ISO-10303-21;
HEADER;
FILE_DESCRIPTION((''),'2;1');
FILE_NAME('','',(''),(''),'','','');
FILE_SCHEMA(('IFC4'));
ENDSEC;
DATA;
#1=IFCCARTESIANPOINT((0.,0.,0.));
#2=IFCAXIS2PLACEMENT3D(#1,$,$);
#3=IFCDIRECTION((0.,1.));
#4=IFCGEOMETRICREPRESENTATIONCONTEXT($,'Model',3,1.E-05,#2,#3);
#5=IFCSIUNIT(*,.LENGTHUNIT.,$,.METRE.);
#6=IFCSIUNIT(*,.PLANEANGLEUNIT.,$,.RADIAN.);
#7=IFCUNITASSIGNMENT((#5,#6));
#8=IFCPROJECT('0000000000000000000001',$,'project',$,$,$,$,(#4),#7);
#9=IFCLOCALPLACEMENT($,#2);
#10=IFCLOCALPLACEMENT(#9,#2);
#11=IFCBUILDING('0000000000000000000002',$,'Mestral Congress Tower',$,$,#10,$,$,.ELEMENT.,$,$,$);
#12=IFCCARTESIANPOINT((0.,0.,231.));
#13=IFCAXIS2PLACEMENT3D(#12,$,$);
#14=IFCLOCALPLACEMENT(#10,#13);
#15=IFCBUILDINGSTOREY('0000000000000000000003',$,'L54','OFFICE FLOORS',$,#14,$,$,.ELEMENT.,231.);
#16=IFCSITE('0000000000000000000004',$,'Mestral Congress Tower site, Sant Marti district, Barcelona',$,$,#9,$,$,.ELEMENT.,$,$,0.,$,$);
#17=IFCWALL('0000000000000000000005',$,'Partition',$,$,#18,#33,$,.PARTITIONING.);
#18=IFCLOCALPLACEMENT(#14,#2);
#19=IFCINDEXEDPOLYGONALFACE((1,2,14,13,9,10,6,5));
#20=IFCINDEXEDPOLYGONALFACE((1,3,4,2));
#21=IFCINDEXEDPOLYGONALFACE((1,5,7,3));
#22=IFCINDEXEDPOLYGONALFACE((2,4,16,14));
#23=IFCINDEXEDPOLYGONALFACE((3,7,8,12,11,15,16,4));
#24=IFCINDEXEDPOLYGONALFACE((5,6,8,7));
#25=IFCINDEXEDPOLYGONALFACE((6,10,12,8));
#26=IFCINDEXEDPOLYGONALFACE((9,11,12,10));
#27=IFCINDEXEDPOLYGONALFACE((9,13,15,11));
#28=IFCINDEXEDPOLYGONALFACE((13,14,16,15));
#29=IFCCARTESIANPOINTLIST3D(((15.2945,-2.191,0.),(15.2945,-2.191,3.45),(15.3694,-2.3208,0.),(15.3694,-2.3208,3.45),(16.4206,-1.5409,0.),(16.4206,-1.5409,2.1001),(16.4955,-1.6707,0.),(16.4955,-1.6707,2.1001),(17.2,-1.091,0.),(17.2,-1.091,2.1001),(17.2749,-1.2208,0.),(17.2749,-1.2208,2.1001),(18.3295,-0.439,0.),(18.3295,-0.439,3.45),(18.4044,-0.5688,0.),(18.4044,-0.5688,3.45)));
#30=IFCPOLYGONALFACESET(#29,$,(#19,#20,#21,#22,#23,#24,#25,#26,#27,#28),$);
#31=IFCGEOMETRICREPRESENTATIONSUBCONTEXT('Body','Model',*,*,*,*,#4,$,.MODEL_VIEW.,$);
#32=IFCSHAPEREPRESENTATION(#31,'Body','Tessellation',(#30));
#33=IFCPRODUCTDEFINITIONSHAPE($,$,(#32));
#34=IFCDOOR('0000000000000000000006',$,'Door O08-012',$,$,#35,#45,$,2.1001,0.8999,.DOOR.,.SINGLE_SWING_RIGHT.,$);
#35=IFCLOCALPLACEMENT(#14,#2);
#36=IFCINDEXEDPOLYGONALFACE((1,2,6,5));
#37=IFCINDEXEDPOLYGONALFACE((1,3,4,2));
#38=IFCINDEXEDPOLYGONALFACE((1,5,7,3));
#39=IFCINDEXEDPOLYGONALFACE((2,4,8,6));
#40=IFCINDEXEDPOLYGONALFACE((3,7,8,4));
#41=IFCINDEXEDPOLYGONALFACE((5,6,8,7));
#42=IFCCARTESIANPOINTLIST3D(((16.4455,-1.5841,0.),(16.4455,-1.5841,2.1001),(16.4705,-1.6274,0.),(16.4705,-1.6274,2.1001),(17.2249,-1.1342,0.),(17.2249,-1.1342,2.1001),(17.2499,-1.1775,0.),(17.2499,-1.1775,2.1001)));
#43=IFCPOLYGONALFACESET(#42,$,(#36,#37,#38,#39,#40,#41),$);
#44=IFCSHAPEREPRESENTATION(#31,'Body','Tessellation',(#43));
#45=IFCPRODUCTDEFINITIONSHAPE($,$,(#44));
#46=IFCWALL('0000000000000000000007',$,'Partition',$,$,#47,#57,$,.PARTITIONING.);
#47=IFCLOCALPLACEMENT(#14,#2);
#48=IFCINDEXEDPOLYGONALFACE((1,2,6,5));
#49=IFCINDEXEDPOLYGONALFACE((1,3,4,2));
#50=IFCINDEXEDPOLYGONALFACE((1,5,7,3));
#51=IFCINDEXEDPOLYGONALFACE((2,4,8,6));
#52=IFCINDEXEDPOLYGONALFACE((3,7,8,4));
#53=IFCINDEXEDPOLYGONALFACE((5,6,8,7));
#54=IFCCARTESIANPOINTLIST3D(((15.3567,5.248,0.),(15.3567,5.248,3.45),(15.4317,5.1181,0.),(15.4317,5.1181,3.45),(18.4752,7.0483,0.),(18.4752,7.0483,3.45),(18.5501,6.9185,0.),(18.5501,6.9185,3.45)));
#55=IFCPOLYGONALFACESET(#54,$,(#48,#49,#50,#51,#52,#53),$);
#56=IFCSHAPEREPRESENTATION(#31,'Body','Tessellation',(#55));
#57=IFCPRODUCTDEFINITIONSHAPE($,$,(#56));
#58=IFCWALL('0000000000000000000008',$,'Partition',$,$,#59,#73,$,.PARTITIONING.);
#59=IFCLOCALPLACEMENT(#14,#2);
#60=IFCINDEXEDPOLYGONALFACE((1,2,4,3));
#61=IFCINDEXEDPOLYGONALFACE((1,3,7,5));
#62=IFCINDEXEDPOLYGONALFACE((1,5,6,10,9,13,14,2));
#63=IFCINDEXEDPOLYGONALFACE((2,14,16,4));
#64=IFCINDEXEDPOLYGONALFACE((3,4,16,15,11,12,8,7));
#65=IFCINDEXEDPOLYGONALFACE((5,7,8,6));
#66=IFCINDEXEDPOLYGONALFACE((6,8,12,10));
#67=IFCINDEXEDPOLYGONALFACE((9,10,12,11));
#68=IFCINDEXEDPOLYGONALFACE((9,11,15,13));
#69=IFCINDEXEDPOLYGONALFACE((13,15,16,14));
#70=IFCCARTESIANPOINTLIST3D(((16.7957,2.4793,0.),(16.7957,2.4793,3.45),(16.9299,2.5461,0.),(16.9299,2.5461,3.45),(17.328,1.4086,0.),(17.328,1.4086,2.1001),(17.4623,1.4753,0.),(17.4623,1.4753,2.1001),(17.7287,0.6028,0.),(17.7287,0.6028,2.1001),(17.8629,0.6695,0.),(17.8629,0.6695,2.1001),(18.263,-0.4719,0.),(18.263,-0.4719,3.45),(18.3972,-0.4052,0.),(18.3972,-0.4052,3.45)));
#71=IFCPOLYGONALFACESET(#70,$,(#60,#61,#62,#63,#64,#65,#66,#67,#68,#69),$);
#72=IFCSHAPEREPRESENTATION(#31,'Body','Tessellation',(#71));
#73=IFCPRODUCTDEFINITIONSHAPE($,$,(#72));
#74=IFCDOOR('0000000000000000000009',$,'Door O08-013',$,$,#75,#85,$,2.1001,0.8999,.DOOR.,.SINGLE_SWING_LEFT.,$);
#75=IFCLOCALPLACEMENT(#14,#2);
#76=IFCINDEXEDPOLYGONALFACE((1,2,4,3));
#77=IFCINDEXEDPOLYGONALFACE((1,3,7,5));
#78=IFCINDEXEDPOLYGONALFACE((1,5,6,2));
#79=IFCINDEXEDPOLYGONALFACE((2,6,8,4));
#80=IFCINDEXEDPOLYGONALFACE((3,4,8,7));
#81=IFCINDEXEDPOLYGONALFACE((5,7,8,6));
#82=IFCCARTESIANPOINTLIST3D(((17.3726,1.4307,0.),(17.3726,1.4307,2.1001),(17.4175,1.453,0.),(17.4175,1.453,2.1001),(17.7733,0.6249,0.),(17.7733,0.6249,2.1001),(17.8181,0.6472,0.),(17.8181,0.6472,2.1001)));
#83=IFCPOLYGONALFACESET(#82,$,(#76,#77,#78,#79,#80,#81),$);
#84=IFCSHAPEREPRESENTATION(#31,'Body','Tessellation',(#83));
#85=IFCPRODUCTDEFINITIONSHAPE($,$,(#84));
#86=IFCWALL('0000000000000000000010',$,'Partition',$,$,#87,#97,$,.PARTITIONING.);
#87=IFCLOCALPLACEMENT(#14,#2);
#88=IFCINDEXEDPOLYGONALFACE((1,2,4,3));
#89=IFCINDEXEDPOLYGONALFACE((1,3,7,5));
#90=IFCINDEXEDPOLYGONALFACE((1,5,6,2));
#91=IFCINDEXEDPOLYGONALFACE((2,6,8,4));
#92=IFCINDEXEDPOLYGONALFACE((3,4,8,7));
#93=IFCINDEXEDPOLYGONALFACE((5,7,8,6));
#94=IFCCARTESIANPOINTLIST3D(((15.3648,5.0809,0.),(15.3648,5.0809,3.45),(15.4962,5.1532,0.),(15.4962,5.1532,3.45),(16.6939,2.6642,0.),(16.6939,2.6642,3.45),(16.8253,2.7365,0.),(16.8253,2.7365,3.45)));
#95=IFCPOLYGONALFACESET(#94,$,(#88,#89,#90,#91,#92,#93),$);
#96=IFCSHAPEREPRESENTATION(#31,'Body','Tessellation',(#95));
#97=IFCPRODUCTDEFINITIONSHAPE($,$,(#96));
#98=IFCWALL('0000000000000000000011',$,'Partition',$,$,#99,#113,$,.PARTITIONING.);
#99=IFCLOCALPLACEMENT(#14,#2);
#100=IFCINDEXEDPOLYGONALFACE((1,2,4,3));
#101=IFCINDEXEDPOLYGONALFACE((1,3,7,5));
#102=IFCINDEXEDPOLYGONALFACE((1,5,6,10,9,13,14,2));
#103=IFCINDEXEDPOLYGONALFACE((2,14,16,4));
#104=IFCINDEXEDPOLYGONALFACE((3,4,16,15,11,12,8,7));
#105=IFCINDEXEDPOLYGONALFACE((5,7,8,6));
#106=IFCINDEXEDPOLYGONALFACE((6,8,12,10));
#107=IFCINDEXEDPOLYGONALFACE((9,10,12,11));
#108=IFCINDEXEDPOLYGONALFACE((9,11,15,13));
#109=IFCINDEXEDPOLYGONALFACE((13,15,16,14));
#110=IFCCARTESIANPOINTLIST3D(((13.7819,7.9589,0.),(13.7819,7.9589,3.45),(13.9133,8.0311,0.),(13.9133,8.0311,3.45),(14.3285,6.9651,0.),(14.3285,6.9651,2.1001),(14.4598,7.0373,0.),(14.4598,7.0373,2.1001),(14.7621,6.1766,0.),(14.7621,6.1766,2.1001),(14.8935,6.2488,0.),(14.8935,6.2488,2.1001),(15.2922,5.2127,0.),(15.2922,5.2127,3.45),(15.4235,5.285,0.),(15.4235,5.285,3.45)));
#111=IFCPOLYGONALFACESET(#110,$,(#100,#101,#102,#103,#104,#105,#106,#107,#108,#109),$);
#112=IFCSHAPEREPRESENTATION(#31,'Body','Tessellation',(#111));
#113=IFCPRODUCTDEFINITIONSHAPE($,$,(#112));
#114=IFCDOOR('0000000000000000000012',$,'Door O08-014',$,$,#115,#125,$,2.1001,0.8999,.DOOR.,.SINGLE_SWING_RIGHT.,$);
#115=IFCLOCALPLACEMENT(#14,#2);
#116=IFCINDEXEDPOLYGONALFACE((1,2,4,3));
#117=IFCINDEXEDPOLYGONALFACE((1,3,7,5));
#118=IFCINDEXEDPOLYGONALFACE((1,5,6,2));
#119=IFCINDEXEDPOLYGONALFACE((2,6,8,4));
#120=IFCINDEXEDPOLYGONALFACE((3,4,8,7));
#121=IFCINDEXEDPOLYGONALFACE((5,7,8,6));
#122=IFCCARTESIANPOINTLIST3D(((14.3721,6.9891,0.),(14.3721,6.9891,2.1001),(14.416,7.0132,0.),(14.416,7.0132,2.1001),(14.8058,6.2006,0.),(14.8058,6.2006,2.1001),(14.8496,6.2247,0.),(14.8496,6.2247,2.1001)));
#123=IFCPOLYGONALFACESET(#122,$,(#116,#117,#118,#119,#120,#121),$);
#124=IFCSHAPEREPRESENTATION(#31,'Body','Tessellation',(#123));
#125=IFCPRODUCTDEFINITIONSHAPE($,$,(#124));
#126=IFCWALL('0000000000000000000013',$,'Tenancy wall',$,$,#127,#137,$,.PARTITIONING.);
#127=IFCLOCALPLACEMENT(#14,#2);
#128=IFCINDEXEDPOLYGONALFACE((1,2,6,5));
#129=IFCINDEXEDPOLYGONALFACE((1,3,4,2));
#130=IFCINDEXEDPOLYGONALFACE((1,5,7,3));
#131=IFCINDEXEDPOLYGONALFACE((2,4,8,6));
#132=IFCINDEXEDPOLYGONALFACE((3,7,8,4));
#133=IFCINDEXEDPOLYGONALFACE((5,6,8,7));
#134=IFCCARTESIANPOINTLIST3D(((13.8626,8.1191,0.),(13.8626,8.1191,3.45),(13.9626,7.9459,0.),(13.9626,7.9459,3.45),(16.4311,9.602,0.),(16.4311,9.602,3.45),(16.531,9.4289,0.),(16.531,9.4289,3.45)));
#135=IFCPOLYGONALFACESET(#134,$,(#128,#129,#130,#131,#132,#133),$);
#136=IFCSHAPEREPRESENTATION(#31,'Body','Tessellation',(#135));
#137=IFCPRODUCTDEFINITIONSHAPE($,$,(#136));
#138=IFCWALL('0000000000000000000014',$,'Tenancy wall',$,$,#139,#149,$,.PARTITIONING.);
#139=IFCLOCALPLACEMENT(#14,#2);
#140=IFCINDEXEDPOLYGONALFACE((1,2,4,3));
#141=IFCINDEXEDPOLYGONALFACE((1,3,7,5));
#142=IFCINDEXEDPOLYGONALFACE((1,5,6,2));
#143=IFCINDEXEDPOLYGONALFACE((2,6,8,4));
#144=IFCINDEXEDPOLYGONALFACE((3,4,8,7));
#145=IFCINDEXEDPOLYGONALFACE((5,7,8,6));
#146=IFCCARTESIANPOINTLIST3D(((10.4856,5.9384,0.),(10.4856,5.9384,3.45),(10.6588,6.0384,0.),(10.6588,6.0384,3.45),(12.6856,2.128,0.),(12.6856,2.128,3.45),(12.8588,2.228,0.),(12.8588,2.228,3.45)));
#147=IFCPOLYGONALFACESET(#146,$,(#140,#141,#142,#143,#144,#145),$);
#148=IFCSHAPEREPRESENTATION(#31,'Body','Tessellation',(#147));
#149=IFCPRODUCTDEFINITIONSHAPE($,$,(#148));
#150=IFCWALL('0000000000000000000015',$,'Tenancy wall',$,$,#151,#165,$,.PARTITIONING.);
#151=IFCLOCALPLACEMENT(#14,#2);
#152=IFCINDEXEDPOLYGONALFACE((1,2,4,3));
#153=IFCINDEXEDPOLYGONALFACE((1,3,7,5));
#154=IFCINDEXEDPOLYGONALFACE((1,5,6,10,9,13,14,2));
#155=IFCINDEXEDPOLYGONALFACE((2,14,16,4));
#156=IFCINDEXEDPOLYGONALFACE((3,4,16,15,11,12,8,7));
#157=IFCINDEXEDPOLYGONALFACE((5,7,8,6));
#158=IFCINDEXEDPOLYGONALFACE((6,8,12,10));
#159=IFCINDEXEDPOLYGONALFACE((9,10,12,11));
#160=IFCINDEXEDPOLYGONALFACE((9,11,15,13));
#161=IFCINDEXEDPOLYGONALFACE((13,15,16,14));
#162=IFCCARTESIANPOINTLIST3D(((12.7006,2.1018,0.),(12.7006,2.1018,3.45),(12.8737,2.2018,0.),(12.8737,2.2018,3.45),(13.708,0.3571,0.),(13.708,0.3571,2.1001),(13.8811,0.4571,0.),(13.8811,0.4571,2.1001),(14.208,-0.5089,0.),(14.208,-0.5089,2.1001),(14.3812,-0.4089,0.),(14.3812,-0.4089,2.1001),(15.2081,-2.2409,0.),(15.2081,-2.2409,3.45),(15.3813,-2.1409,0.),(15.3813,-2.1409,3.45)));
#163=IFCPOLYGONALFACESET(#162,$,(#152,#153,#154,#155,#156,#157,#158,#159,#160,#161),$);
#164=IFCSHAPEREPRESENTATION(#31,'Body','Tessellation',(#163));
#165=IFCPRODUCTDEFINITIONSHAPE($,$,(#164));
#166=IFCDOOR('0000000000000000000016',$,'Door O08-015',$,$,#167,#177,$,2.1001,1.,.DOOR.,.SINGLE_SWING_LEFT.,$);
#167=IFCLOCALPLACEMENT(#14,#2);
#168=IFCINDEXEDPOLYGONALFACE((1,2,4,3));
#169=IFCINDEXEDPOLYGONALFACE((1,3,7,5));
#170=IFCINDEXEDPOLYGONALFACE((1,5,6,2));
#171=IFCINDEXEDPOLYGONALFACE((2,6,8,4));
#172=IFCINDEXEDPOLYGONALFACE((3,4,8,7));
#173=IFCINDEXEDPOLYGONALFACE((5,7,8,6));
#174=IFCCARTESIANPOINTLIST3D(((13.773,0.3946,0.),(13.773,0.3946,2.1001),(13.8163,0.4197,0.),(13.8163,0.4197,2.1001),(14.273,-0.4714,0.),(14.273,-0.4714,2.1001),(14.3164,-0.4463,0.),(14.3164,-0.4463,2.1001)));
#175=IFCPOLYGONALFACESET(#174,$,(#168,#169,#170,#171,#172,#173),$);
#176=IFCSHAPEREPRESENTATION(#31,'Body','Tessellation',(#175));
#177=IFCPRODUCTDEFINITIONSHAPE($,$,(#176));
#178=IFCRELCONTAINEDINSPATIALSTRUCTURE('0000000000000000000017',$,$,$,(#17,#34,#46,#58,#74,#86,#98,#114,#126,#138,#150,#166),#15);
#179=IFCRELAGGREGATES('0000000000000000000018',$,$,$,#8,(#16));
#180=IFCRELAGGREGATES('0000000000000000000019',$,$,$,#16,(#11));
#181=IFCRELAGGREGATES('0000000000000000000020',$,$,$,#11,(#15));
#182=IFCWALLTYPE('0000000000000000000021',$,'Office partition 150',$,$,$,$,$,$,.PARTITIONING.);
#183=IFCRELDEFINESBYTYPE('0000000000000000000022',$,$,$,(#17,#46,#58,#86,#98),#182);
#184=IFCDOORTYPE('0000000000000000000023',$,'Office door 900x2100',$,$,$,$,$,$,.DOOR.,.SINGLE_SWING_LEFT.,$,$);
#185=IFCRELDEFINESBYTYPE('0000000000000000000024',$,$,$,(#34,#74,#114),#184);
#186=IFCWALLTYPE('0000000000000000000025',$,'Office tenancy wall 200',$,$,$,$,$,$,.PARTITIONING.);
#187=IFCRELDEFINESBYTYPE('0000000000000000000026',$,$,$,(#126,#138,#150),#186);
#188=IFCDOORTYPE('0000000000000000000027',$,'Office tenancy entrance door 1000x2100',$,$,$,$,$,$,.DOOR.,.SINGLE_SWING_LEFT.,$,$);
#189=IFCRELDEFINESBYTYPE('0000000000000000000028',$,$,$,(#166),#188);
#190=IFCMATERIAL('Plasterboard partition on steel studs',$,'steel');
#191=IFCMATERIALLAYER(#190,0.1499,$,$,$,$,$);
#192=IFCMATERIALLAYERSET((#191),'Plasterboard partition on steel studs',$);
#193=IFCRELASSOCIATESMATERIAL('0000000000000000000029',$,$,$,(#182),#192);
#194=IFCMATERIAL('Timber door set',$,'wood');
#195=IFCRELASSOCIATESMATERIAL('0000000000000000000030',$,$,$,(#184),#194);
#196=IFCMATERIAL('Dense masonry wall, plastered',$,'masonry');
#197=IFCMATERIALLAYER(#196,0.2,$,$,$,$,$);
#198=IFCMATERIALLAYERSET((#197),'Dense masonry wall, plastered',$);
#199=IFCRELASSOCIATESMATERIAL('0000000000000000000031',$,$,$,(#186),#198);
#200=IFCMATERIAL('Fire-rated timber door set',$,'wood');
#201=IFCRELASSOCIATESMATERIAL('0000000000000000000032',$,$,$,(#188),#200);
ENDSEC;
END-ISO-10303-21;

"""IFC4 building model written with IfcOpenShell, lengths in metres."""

from ifc_helpers import new_model, si_unit, direction, frame, frame_2d, origin, place, context, subcontext, project, spatial, rectangle, extrude, material, layer, layer_set, type_object, element, fill, save


model = new_model("IFC4")

# Units and contexts
model_context = context("Model", 3, precision=1e-05, world=origin(), true_north=direction((0.0, 1.0)))
body_context = subcontext(model_context, "Body", "Model", "MODEL_VIEW")
ifc_project = project(units=[si_unit("LENGTHUNIT", "METRE"), si_unit("PLANEANGLEUNIT", "RADIAN")], contexts=[model_context])

# Site, building, storey
site_placement = place(None, origin())
site = spatial("IfcSite", under=ifc_project, at=site_placement, Name="Mestral Congress Tower site, Sant Marti district, Barcelona", CompositionType="ELEMENT", RefElevation=0.0)
building_placement = place(site_placement, origin())
building = spatial("IfcBuilding", under=site, at=building_placement, Name="Mestral Congress Tower", CompositionType="ELEMENT")
storey_placement = place(building_placement, frame((0.0, 0.0, 231.0)))
storey = spatial("IfcBuildingStorey", under=building, at=storey_placement, Name="L54", Description="OFFICE FLOORS", CompositionType="ELEMENT", Elevation=231.0)

# Shared definitions
ifc_material_1 = material(Name="Plasterboard partition on steel studs", Category="steel")
ifc_layer_1 = layer(ifc_material_1, 0.1499)
ifc_layer_set_1 = layer_set([ifc_layer_1], Name="Plasterboard partition on steel studs")
wall_type_1 = type_object("IfcWallType", Name="Office partition 150", PredefinedType="PARTITIONING", material=ifc_layer_set_1)

# Wall, opening, door
wall_1_placement = place(storey_placement, frame((18.3669, -0.5039, 0.0), z_axis=(0.0, 0.0, 1.0), x_axis=(-0.866057, -0.499946, 0.0)))
wall_1 = element("IfcWall", 1, at=wall_1_placement, inside=storey, type_object=wall_type_1, Name="Partition", PredefinedType="PARTITIONING", context=body_context, shape_type="SweptSolid", body=[
    extrude(rectangle(XDim=3.5044, YDim=0.1499, at=frame_2d((1.7522, 0.0))), origin(), (0.0, 0.0, 1.0), 3.45),
])
opening_1_placement = place(wall_1_placement, frame((1.3042, 0.0, 0.0)))
opening_1 = element("IfcOpeningElement", 2, at=opening_1_placement, cuts=wall_1, PredefinedType="OPENING", context=body_context, shape_type="SweptSolid", body=[
    extrude(rectangle(XDim=0.8999, YDim=2.1001, at=frame_2d((0.45, 1.05))), frame((0.0, 0.085, 0.0), z_axis=(0.0, -1.0, 0.0), x_axis=(1.0, 0.0, 0.0)), (0.0, 0.0, 1.0), 0.1699),
])
ifc_material_2 = material(Name="Timber door set", Category="wood")
door_type_1 = type_object("IfcDoorType", Name="Office door 900x2100", OperationType="SINGLE_SWING_LEFT", PredefinedType="DOOR", material=ifc_material_2)
door_1_placement = place(opening_1_placement, origin())
door_1 = element("IfcDoor", 3, at=door_1_placement, inside=storey, type_object=door_type_1, Name="Door O08-012", OperationType="SINGLE_SWING_RIGHT", OverallHeight=2.1001, OverallWidth=0.8999, PredefinedType="DOOR", context=body_context, shape_type="SweptSolid", body=[
    extrude(rectangle(XDim=0.8999, YDim=2.1001, at=frame_2d((0.45, 1.05))), frame((0.0, 0.0249, 0.0), z_axis=(0.0, -1.0, 0.0), x_axis=(1.0, 0.0, 0.0)), (0.0, 0.0, 1.0), 0.05),
])
fill(opening_1, door_1)

# Wall
wall_2_placement = place(storey_placement, frame((15.3943, 5.1831, 0.0), z_axis=(0.0, 0.0, 1.0), x_axis=(0.86604, 0.499975, 0.0)))
element("IfcWall", 4, at=wall_2_placement, inside=storey, type_object=wall_type_1, Name="Partition", PredefinedType="PARTITIONING", context=body_context, shape_type="SweptSolid", body=[
    extrude(rectangle(XDim=3.6008, YDim=0.1499, at=frame_2d((1.8003, 0.0))), origin(), (0.0, 0.0, 1.0), 3.45),
])

# Wall, opening, door
wall_3_placement = place(storey_placement, frame((16.8628, 2.5127, 0.0), z_axis=(0.0, 0.0, 1.0), x_axis=(0.445198, -0.895432, 0.0)))
wall_3 = element("IfcWall", 5, at=wall_3_placement, inside=storey, type_object=wall_type_1, Name="Partition", PredefinedType="PARTITIONING", context=body_context, shape_type="SweptSolid", body=[
    extrude(rectangle(XDim=3.2959, YDim=0.1499, at=frame_2d((1.6479, 0.0))), origin(), (0.0, 0.0, 1.0), 3.45),
])
opening_2_placement = place(wall_3_placement, frame((1.1958, 0.0, 0.0)))
opening_2 = element("IfcOpeningElement", 6, at=opening_2_placement, cuts=wall_3, PredefinedType="OPENING", context=body_context, shape_type="SweptSolid", body=[
    extrude(rectangle(XDim=0.8999, YDim=2.1001, at=frame_2d((0.45, 1.05))), frame((0.0, 0.085, 0.0), z_axis=(0.0, -1.0, 0.0), x_axis=(1.0, 0.0, 0.0)), (0.0, 0.0, 1.0), 0.1699),
])
door_2_placement = place(opening_2_placement, origin())
door_2 = element("IfcDoor", 7, at=door_2_placement, inside=storey, type_object=door_type_1, Name="Door O08-013", OperationType="SINGLE_SWING_LEFT", OverallHeight=2.1001, OverallWidth=0.8999, PredefinedType="DOOR", context=body_context, shape_type="SweptSolid", body=[
    extrude(rectangle(XDim=0.8999, YDim=2.1001, at=frame_2d((0.45, 1.05))), frame((0.0, 0.0249, 0.0), z_axis=(0.0, -1.0, 0.0), x_axis=(1.0, 0.0, 0.0)), (0.0, 0.0, 1.0), 0.05),
])
fill(opening_2, door_2)

# Wall
wall_4_placement = place(storey_placement, frame((16.7595, 2.7004, 0.0), z_axis=(0.0, 0.0, 1.0), x_axis=(-0.481888, 0.876233, 0.0)))
element("IfcWall", 8, at=wall_4_placement, inside=storey, type_object=wall_type_1, Name="Partition", PredefinedType="PARTITIONING", context=body_context, shape_type="SweptSolid", body=[
    extrude(rectangle(XDim=2.7581, YDim=0.1499, at=frame_2d((1.3789, 0.0))), origin(), (0.0, 0.0, 1.0), 3.45),
])

# Wall, opening, door
wall_5_placement = place(storey_placement, frame((13.8477, 7.9949, 0.0), z_axis=(0.0, 0.0, 1.0), x_axis=(0.481895, -0.876229, 0.0)))
wall_5 = element("IfcWall", 9, at=wall_5_placement, inside=storey, type_object=wall_type_1, Name="Partition", PredefinedType="PARTITIONING", context=body_context, shape_type="SweptSolid", body=[
    extrude(rectangle(XDim=3.134, YDim=0.1499, at=frame_2d((1.5669, 0.0))), origin(), (0.0, 0.0, 1.0), 3.45),
])
opening_3_placement = place(wall_5_placement, frame((1.134, 0.0, 0.0)))
opening_3 = element("IfcOpeningElement", 10, at=opening_3_placement, cuts=wall_5, PredefinedType="OPENING", context=body_context, shape_type="SweptSolid", body=[
    extrude(rectangle(XDim=0.8999, YDim=2.1001, at=frame_2d((0.45, 1.05))), frame((0.0, 0.085, 0.0), z_axis=(0.0, -1.0, 0.0), x_axis=(1.0, 0.0, 0.0)), (0.0, 0.0, 1.0), 0.1699),
])
door_3_placement = place(opening_3_placement, origin())
door_3 = element("IfcDoor", 11, at=door_3_placement, inside=storey, type_object=door_type_1, Name="Door O08-014", OperationType="SINGLE_SWING_RIGHT", OverallHeight=2.1001, OverallWidth=0.8999, PredefinedType="DOOR", context=body_context, shape_type="SweptSolid", body=[
    extrude(rectangle(XDim=0.8999, YDim=2.1001, at=frame_2d((0.45, 1.05))), frame((0.0, 0.0249, 0.0), z_axis=(0.0, -1.0, 0.0), x_axis=(1.0, 0.0, 0.0)), (0.0, 0.0, 1.0), 0.05),
])
fill(opening_3, door_3)

# Walls
ifc_material_3 = material(Name="Dense masonry wall, plastered", Category="masonry")
ifc_layer_2 = layer(ifc_material_3, 0.2)
ifc_layer_set_2 = layer_set([ifc_layer_2], Name="Dense masonry wall, plastered")
wall_type_2 = type_object("IfcWallType", Name="Office tenancy wall 200", PredefinedType="PARTITIONING", material=ifc_layer_set_2)
wall_6_placement = place(storey_placement, frame((13.9126, 8.0325, 0.0), z_axis=(0.0, 0.0, 1.0), x_axis=(0.866016, 0.500017, 0.0)))
element("IfcWall", 12, at=wall_6_placement, inside=storey, type_object=wall_type_2, Name="Tenancy wall", PredefinedType="PARTITIONING", context=body_context, shape_type="SweptSolid", body=[
    extrude(rectangle(XDim=2.9658, YDim=0.2, at=frame_2d((1.4829, 0.0))), origin(), (0.0, 0.0, 1.0), 3.45),
])
wall_7_placement = place(storey_placement, frame((12.7722, 2.178, 0.0), z_axis=(0.0, 0.0, 1.0), x_axis=(-0.500012, 0.866018, 0.0)))
element("IfcWall", 13, at=wall_7_placement, inside=storey, type_object=wall_type_2, Name="Tenancy wall", PredefinedType="PARTITIONING", context=body_context, shape_type="SweptSolid", body=[
    extrude(rectangle(XDim=4.3999, YDim=0.2, at=frame_2d((2.2, 0.0))), origin(), (0.0, 0.0, 1.0), 3.45),
])

# Wall, opening, door
wall_8_placement = place(storey_placement, frame((15.2947, -2.1909, 0.0), z_axis=(0.0, 0.0, 1.0), x_axis=(-0.50004, 0.866002, 0.0)))
wall_8 = element("IfcWall", 14, at=wall_8_placement, inside=storey, type_object=wall_type_2, Name="Tenancy wall", PredefinedType="PARTITIONING", context=body_context, shape_type="SweptSolid", body=[
    extrude(rectangle(XDim=5.0146, YDim=0.2, at=frame_2d((2.5073, 0.0))), origin(), (0.0, 0.0, 1.0), 3.45),
])
opening_4_placement = place(wall_8_placement, frame((2.0, 0.0, 0.0)))
opening_4 = element("IfcOpeningElement", 15, at=opening_4_placement, cuts=wall_8, PredefinedType="OPENING", context=body_context, shape_type="SweptSolid", body=[
    extrude(rectangle(XDim=1.0, YDim=2.1001, at=frame_2d((0.5, 1.05))), frame((0.0, 0.1099, 0.0), z_axis=(0.0, -1.0, 0.0), x_axis=(1.0, 0.0, 0.0)), (0.0, 0.0, 1.0), 0.22),
])
ifc_material_4 = material(Name="Fire-rated timber door set", Category="wood")
door_type_2 = type_object("IfcDoorType", Name="Office tenancy entrance door 1000x2100", OperationType="SINGLE_SWING_LEFT", PredefinedType="DOOR", material=ifc_material_4)
door_4_placement = place(opening_4_placement, origin())
door_4 = element("IfcDoor", 16, at=door_4_placement, inside=storey, type_object=door_type_2, Name="Door O08-015", OperationType="SINGLE_SWING_LEFT", OverallHeight=2.1001, OverallWidth=1.0, PredefinedType="DOOR", context=body_context, shape_type="SweptSolid", body=[
    extrude(rectangle(XDim=1.0, YDim=2.1001, at=frame_2d((0.5, 1.05))), frame((0.0, 0.0249, 0.0), z_axis=(0.0, -1.0, 0.0), x_axis=(1.0, 0.0, 0.0)), (0.0, 0.0, 1.0), 0.05),
])
fill(opening_4, door_4)

save(model, "model.ifc")
